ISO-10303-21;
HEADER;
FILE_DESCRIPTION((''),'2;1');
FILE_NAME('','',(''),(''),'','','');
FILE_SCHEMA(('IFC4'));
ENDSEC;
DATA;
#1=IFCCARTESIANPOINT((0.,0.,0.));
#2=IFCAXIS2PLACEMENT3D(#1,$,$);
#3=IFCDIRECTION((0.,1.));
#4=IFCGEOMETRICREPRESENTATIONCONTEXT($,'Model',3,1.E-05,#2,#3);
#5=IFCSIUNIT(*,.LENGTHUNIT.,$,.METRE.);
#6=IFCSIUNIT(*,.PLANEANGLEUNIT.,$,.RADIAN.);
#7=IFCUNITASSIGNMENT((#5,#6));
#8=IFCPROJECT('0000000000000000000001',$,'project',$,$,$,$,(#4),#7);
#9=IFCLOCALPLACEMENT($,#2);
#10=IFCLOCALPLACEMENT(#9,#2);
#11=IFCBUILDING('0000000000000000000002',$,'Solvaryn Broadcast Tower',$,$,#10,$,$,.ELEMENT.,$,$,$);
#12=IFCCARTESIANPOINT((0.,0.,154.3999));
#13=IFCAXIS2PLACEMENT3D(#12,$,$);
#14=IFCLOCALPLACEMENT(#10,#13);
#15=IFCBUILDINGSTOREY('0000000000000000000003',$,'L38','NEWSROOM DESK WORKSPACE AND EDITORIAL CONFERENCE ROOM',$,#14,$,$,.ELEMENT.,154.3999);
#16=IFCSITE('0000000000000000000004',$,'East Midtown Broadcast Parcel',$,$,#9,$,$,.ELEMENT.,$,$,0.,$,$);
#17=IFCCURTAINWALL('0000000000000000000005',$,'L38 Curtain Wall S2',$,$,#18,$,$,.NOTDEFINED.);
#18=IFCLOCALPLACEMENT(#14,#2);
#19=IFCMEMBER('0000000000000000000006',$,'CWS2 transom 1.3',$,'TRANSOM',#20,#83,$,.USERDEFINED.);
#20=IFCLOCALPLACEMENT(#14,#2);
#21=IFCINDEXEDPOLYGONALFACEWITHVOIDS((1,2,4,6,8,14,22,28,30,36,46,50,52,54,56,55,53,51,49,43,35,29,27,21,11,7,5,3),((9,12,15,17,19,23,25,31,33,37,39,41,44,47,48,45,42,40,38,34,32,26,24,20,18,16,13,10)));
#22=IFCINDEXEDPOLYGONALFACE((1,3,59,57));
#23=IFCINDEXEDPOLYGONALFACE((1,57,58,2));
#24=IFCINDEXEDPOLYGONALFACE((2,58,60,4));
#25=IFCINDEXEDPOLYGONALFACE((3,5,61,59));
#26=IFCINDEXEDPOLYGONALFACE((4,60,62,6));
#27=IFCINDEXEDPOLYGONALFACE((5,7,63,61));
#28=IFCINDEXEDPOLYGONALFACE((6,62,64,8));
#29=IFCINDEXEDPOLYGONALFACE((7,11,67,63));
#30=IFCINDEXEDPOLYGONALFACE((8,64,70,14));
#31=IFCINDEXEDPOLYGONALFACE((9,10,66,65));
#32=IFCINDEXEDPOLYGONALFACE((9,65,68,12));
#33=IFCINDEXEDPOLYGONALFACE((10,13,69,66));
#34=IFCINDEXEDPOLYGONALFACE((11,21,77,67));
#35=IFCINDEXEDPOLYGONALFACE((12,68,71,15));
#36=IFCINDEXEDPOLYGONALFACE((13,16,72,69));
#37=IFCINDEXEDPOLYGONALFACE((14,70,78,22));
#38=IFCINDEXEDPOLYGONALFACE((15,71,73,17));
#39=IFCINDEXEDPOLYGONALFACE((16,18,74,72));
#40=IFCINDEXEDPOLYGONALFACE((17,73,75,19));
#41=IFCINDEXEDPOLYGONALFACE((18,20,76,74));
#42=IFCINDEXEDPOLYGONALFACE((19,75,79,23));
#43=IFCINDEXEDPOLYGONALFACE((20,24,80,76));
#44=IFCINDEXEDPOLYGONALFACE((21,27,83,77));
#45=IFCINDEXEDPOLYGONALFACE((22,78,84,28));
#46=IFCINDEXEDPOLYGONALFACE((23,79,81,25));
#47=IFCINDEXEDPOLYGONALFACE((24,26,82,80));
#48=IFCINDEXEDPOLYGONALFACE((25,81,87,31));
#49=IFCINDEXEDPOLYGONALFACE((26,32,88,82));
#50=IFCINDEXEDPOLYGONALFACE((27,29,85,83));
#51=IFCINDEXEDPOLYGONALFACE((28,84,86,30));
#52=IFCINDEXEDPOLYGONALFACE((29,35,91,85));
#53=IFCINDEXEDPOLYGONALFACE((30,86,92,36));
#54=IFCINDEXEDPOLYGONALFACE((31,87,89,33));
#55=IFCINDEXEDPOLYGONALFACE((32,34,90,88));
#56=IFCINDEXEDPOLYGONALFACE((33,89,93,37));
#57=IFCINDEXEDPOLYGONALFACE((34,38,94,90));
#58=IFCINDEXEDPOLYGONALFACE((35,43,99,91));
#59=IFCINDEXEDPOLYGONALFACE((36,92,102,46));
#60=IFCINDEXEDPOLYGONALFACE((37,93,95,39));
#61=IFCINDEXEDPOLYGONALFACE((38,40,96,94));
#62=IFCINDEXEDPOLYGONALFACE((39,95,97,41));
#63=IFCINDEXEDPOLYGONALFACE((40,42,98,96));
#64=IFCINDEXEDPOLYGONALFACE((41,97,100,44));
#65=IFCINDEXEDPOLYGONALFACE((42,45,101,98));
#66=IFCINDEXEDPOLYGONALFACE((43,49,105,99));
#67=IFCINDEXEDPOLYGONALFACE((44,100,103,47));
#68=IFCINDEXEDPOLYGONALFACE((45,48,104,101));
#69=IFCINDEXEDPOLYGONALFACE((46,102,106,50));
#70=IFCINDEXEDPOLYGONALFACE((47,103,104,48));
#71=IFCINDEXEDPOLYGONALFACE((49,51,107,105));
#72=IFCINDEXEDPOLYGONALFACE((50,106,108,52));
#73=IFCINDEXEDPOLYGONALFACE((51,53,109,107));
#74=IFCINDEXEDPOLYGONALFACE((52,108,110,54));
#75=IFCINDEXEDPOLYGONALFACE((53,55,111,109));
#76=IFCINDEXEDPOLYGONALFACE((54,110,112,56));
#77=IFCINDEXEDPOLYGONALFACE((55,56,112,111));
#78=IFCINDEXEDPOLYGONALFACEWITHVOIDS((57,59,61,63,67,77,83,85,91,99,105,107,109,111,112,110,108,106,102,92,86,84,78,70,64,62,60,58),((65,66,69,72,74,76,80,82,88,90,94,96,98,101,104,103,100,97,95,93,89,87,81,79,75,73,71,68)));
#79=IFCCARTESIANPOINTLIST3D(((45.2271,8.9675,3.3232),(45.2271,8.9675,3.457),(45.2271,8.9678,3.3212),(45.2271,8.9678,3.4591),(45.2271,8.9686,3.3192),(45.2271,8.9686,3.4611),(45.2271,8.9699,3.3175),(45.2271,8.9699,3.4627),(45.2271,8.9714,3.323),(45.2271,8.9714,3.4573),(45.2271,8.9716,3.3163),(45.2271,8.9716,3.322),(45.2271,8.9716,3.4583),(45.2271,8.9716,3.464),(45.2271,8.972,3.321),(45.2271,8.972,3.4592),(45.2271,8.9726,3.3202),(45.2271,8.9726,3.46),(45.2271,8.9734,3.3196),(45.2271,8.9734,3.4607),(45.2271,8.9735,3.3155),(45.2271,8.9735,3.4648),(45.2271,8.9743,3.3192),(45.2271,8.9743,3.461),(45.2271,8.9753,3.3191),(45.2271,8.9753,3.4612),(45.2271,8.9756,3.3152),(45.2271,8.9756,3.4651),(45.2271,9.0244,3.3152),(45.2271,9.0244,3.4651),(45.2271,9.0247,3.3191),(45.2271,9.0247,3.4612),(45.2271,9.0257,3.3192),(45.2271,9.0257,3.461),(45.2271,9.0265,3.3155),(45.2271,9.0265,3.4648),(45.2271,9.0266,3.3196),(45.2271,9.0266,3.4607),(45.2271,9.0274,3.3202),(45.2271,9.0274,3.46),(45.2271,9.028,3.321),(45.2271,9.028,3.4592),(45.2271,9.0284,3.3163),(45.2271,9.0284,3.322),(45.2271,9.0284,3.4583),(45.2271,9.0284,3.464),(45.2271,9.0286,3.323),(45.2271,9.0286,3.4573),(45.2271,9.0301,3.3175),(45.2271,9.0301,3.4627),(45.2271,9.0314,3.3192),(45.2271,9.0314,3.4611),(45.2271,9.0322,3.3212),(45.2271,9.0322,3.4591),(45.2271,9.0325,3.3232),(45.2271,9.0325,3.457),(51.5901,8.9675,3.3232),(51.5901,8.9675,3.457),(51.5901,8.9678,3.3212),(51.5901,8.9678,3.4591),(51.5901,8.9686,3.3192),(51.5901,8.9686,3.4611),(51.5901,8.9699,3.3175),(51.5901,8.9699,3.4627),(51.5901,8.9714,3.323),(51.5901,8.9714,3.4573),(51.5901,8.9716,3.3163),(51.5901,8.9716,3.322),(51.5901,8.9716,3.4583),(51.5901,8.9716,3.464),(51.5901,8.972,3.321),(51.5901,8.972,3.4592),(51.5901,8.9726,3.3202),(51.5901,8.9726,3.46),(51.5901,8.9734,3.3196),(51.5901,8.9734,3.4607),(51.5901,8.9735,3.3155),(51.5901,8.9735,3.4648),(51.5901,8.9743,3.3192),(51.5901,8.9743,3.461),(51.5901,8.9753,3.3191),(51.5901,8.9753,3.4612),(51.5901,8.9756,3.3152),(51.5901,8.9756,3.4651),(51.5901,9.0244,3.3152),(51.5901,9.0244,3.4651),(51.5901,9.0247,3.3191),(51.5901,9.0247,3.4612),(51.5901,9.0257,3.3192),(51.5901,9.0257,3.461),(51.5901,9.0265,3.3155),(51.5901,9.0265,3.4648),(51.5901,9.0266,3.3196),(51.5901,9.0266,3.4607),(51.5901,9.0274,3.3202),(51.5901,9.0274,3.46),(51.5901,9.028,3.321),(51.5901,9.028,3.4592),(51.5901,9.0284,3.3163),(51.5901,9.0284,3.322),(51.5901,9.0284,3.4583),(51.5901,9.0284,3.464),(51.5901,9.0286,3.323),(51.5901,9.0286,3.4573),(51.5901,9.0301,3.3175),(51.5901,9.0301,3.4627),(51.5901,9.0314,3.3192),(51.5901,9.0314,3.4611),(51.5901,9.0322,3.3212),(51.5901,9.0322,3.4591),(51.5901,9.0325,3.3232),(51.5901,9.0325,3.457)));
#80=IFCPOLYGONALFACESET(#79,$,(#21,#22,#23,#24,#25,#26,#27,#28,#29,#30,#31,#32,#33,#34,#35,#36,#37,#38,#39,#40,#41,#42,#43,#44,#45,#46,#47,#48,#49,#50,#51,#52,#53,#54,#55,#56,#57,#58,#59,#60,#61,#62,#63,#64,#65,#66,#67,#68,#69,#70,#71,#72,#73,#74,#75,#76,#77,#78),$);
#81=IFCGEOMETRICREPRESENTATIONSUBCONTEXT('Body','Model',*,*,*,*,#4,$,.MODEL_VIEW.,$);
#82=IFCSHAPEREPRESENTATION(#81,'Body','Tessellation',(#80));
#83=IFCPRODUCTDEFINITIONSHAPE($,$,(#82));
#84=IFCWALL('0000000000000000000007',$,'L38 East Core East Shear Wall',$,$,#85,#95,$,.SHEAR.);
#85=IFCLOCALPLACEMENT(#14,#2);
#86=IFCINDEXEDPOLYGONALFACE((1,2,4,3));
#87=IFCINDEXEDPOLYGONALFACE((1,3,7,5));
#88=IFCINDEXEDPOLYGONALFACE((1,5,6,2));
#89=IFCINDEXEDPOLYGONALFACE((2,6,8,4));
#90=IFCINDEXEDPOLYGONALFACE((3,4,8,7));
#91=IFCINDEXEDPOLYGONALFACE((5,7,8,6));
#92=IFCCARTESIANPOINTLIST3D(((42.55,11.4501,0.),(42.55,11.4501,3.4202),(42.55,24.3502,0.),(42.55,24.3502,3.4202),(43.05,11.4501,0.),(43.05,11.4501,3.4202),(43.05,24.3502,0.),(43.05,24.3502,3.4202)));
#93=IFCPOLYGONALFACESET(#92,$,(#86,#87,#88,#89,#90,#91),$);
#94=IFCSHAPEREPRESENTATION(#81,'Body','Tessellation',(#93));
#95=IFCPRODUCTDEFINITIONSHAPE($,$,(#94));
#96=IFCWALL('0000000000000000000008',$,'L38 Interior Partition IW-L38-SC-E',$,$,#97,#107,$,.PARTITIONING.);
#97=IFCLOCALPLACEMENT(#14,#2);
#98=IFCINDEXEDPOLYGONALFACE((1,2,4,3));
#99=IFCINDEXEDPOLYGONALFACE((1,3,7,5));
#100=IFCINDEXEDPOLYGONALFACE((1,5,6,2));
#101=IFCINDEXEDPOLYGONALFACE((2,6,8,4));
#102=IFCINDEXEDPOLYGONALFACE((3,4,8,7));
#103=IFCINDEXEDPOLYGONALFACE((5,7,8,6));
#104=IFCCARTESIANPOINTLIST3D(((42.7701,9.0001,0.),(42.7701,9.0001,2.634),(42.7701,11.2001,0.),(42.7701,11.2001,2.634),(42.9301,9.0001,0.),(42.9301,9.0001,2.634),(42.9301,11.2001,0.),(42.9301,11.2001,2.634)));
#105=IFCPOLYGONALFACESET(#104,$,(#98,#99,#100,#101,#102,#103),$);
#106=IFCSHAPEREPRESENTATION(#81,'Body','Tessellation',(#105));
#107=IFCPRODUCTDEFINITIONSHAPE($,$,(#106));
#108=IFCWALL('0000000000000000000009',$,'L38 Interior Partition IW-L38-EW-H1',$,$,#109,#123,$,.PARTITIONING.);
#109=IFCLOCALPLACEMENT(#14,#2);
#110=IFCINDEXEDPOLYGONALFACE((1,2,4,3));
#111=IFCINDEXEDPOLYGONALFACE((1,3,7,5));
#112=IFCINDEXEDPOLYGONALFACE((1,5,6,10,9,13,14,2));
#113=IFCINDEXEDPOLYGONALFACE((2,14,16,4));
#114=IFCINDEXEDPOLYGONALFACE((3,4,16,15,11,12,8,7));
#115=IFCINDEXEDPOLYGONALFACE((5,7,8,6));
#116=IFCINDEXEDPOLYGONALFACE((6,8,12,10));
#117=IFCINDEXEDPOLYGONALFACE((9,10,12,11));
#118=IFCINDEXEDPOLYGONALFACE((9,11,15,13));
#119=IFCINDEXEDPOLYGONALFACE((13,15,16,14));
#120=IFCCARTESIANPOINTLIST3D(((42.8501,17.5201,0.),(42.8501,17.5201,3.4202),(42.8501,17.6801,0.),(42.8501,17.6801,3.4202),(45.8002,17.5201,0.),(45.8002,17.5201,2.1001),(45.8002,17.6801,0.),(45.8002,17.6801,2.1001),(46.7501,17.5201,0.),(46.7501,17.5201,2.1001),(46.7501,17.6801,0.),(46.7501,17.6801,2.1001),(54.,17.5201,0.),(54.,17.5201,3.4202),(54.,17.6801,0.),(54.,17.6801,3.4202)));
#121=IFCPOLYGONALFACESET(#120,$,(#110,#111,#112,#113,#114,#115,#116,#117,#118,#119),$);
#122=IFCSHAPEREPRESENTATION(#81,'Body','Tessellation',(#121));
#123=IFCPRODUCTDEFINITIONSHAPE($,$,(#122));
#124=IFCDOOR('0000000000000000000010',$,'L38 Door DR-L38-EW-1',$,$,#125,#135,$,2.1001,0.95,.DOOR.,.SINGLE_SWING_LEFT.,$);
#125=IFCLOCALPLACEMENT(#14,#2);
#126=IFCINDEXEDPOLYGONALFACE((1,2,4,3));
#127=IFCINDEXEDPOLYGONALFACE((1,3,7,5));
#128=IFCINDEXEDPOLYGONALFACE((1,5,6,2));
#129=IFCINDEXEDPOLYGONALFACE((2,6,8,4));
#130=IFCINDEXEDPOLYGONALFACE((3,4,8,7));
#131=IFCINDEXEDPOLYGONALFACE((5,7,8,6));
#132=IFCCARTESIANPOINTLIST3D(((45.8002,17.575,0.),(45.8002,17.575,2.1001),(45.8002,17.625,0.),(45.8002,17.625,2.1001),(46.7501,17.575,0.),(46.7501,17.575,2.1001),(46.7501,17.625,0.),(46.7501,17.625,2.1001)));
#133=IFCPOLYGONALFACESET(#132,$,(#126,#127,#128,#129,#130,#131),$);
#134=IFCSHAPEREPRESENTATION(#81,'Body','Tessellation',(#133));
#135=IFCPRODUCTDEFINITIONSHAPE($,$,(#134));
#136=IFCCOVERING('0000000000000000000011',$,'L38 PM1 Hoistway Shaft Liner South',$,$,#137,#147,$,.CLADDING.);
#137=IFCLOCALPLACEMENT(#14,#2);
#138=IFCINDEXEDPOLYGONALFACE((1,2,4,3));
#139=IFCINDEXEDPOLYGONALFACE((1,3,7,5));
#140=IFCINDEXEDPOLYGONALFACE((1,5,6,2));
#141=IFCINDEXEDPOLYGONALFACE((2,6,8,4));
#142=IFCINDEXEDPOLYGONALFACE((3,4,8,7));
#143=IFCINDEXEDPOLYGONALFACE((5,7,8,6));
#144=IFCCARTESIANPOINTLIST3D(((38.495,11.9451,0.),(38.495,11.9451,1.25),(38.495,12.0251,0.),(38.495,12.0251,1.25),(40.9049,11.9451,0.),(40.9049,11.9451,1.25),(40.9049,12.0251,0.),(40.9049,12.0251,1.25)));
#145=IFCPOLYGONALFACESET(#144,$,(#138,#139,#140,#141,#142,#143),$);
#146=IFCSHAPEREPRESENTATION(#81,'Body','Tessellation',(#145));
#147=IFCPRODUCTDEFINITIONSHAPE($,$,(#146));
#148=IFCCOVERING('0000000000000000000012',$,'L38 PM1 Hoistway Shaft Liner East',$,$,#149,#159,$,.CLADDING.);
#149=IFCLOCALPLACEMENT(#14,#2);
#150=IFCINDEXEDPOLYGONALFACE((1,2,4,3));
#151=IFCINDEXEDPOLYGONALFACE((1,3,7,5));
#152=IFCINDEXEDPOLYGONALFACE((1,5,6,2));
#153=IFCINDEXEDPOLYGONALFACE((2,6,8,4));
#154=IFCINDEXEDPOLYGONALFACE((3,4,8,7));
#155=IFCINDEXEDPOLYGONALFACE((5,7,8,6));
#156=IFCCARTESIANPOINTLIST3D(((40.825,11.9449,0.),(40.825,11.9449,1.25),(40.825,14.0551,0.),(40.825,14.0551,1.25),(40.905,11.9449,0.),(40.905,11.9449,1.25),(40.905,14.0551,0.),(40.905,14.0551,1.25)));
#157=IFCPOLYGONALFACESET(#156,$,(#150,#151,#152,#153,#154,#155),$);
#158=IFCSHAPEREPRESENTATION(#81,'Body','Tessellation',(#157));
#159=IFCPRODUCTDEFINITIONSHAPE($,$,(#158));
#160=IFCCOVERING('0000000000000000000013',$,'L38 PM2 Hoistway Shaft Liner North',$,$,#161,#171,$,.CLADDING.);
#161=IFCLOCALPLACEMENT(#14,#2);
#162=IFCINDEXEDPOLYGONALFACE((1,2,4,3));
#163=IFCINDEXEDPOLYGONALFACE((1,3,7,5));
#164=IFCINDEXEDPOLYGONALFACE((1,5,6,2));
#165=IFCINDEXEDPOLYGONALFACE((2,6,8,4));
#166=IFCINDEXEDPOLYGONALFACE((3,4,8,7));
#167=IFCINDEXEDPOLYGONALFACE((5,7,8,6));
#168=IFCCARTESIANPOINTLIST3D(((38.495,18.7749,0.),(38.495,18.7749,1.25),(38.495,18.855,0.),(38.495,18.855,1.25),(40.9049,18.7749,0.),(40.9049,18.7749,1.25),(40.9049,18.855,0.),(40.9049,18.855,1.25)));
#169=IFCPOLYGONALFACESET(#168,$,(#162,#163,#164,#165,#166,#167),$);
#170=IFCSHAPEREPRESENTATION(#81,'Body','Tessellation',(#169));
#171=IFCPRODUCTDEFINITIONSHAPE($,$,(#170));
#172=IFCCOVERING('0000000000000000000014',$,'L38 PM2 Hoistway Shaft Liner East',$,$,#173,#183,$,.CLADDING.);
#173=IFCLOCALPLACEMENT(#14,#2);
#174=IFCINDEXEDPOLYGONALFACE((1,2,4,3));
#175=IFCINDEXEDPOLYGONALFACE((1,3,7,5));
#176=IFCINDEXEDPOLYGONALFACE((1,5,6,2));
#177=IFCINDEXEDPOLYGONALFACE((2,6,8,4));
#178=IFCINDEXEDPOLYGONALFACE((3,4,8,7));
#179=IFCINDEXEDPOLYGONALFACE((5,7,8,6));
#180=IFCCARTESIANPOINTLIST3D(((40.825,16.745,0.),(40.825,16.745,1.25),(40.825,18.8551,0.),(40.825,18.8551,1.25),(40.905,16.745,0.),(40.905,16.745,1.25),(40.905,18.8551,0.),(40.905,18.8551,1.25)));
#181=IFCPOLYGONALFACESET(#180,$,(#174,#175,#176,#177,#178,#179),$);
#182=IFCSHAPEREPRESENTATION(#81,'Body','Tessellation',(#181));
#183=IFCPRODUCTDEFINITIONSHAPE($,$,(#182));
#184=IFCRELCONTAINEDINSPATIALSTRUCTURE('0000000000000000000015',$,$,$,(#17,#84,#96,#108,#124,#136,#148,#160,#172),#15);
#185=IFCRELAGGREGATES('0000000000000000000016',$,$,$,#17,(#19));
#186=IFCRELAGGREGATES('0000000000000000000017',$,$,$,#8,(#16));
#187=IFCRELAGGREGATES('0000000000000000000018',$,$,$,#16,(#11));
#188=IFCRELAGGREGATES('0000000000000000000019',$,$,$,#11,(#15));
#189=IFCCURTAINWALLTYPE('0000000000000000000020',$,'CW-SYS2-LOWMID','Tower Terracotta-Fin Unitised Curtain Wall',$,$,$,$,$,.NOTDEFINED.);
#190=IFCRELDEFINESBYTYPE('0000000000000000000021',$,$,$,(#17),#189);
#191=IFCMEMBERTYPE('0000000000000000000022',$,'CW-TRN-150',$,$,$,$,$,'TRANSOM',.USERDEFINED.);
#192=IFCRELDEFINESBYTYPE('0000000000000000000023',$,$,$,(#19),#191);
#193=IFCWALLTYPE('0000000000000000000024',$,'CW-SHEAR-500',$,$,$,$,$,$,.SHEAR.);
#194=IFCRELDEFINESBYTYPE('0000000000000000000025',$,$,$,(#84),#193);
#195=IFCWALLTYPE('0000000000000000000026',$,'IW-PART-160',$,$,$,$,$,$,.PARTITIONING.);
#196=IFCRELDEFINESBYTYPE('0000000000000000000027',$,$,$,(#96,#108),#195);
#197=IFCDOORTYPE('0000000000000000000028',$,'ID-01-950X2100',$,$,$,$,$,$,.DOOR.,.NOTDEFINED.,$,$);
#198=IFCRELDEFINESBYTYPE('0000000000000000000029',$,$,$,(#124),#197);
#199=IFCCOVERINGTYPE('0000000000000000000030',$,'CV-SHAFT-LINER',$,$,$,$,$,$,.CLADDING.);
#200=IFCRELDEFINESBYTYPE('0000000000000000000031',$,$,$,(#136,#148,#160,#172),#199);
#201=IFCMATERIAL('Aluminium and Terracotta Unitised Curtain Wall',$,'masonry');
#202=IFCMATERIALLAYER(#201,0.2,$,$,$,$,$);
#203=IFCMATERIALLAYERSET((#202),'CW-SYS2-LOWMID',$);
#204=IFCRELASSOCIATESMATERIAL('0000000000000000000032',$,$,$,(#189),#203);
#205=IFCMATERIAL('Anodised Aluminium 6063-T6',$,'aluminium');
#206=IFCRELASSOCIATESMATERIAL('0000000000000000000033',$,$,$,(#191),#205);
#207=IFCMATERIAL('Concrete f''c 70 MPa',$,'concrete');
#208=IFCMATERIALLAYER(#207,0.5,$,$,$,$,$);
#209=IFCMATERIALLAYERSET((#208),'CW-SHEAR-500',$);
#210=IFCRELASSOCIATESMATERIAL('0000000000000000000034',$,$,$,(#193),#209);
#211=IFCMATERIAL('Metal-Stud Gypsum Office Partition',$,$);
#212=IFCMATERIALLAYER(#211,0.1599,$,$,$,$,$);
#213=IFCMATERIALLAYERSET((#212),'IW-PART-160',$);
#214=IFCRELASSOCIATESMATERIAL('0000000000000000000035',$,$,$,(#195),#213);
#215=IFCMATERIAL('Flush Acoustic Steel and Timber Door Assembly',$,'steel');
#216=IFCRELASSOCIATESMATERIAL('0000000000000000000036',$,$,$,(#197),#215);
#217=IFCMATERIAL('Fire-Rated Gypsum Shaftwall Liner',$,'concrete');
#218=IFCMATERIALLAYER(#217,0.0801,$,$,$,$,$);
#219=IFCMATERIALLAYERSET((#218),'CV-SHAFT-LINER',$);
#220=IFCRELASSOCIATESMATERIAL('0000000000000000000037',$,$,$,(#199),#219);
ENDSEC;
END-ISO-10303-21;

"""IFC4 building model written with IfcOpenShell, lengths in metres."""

from ifc_helpers import new_model, si_unit, direction, frame, frame_2d, origin, origin_2d, place, context, subcontext, project, spatial, rectangle, hollow_rectangle, extrude, material, layer, layer_set, material_profile, profile_set, type_object, element, fill, aggregate, save


model = new_model("IFC4")

# Units and contexts
model_context = context("Model", 3, precision=1e-05, world=origin(), true_north=direction((0.0, 1.0)))
body_context = subcontext(model_context, "Body", "Model", "MODEL_VIEW")
ifc_project = project(units=[si_unit("LENGTHUNIT", "METRE"), si_unit("PLANEANGLEUNIT", "RADIAN")], contexts=[model_context])

# Site, building, storey
site_placement = place(None, origin())
site = spatial("IfcSite", under=ifc_project, at=site_placement, Name="East Midtown Broadcast Parcel", CompositionType="ELEMENT", RefElevation=0.0)
building_placement = place(site_placement, origin())
building = spatial("IfcBuilding", under=site, at=building_placement, Name="Solvaryn Broadcast Tower", CompositionType="ELEMENT")
storey_placement = place(building_placement, frame((0.0, 0.0, 154.3999)))
storey = spatial("IfcBuildingStorey", under=building, at=storey_placement, Name="L38", Description="NEWSROOM DESK WORKSPACE AND EDITORIAL CONFERENCE ROOM", CompositionType="ELEMENT", Elevation=154.3999)

# Shared definitions
ifc_material_1 = material(Name="Aluminium and Terracotta Unitised Curtain Wall", Category="masonry")
ifc_layer_1 = layer(ifc_material_1, 0.2)
ifc_layer_set_1 = layer_set([ifc_layer_1], Name="CW-SYS2-LOWMID")
curtain_wall_type = type_object("IfcCurtainWallType", Name="CW-SYS2-LOWMID", Description="Tower Terracotta-Fin Unitised Curtain Wall", PredefinedType="NOTDEFINED", material=ifc_layer_set_1)

# Curtain wall, member
curtain_wall_1_placement = place(storey_placement, origin())
curtain_wall_1 = element("IfcCurtainWall", 1, at=curtain_wall_1_placement, inside=storey, type_object=curtain_wall_type, Name="L38 Curtain Wall S2", PredefinedType="NOTDEFINED")
ifc_material_2 = material(Name="Anodised Aluminium 6063-T6", Category="aluminium")
ifc_material_profile_1 = material_profile(ifc_material_2, hollow_rectangle(XDim=0.0649, YDim=0.1499, WallThickness=0.0039, InnerFilletRadius=0.0039, OuterFilletRadius=0.0081, at=origin_2d()))
ifc_profile_set_1 = profile_set([ifc_material_profile_1], Name="Anodised Aluminium 6063-T6")
member_type_1 = type_object("IfcMemberType", Name="CW-TRN-150", ElementType="TRANSOM", PredefinedType="USERDEFINED", material=ifc_profile_set_1)
member_1_placement = place(storey_placement, frame((45.2271, 9.0, 3.3901), z_axis=(1.0, 0.0, 0.0), x_axis=(0.0, 1.0, 0.0)))
member_1 = element("IfcMember", 2, at=member_1_placement, type_object=member_type_1, Name="CWS2 transom 1.3", ObjectType="TRANSOM", PredefinedType="USERDEFINED", context=body_context, shape_type="SweptSolid", body=[
    extrude(hollow_rectangle(XDim=0.0649, YDim=0.1499, WallThickness=0.0039, InnerFilletRadius=0.0039, OuterFilletRadius=0.0081, at=origin_2d()), origin(), (0.0, 0.0, 1.0), 6.363),
])
aggregate(curtain_wall_1, [member_1])

# Walls
ifc_material_3 = material(Name="Concrete f'c 70 MPa", Category="concrete")
ifc_layer_2 = layer(ifc_material_3, 0.5)
ifc_layer_set_2 = layer_set([ifc_layer_2], Name="CW-SHEAR-500")
wall_type_1 = type_object("IfcWallType", Name="CW-SHEAR-500", PredefinedType="SHEAR", material=ifc_layer_set_2)
wall_1_placement = place(storey_placement, frame((42.8, 11.45, 0.0), z_axis=(0.0, 0.0, 1.0), x_axis=(0.0, 1.0, 0.0)))
element("IfcWall", 3, at=wall_1_placement, inside=storey, type_object=wall_type_1, Name="L38 East Core East Shear Wall", PredefinedType="SHEAR", context=body_context, shape_type="SweptSolid", body=[
    extrude(rectangle(XDim=12.9001, YDim=0.5, at=frame_2d((6.4502, 0.0))), origin(), (0.0, 0.0, 1.0), 3.4202),
])
ifc_material_4 = material(Name="Metal-Stud Gypsum Office Partition")
ifc_layer_3 = layer(ifc_material_4, 0.1599)
ifc_layer_set_3 = layer_set([ifc_layer_3], Name="IW-PART-160")
wall_type_2 = type_object("IfcWallType", Name="IW-PART-160", PredefinedType="PARTITIONING", material=ifc_layer_set_3)
wall_2_placement = place(storey_placement, frame((42.8501, 9.0, 0.0), z_axis=(0.0, 0.0, 1.0), x_axis=(0.0, 1.0, 0.0)))
element("IfcWall", 4, at=wall_2_placement, inside=storey, type_object=wall_type_2, Name="L38 Interior Partition IW-L38-SC-E", PredefinedType="PARTITIONING", context=body_context, shape_type="SweptSolid", body=[
    extrude(rectangle(XDim=2.2, YDim=0.1599, at=frame_2d((1.1001, 0.0))), origin(), (0.0, 0.0, 1.0), 2.634),
])

# Wall, opening, door
wall_3_placement = place(storey_placement, frame((42.8501, 17.6001, 0.0), z_axis=(0.0, 0.0, 1.0), x_axis=(1.0, 0.0, 0.0)))
wall_3 = element("IfcWall", 5, at=wall_3_placement, inside=storey, type_object=wall_type_2, Name="L38 Interior Partition IW-L38-EW-H1", PredefinedType="PARTITIONING", context=body_context, shape_type="SweptSolid", body=[
    extrude(rectangle(XDim=11.1499, YDim=0.1599, at=frame_2d((5.575, 0.0))), origin(), (0.0, 0.0, 1.0), 3.4202),
])
opening_1_placement = place(wall_3_placement, frame((2.95, 0.0, 0.0)))
opening_1 = element("IfcOpeningElement", 6, at=opening_1_placement, cuts=wall_3, PredefinedType="OPENING", context=body_context, shape_type="SweptSolid", body=[
    extrude(rectangle(XDim=0.95, YDim=2.1001, at=frame_2d((0.4751, 1.05))), frame((0.0, 0.0901, 0.0), z_axis=(0.0, -1.0, 0.0), x_axis=(1.0, 0.0, 0.0)), (0.0, 0.0, 1.0), 0.1799),
])
ifc_material_5 = material(Name="Flush Acoustic Steel and Timber Door Assembly", Category="steel")
door_type_1 = type_object("IfcDoorType", Name="ID-01-950X2100", OperationType="NOTDEFINED", PredefinedType="DOOR", material=ifc_material_5)
door_1_placement = place(opening_1_placement, origin())
door_1 = element("IfcDoor", 7, at=door_1_placement, inside=storey, type_object=door_type_1, Name="L38 Door DR-L38-EW-1", OperationType="SINGLE_SWING_LEFT", OverallHeight=2.1001, OverallWidth=0.95, PredefinedType="DOOR", context=body_context, shape_type="SweptSolid", body=[
    extrude(rectangle(XDim=0.95, YDim=2.1001, at=frame_2d((0.4751, 1.05))), frame((0.0, 0.0249, 0.0), z_axis=(0.0, -1.0, 0.0), x_axis=(1.0, 0.0, 0.0)), (0.0, 0.0, 1.0), 0.05),
])
fill(opening_1, door_1)

# Coverings
ifc_material_6 = material(Name="Fire-Rated Gypsum Shaftwall Liner", Category="concrete")
ifc_layer_4 = layer(ifc_material_6, 0.0801)
ifc_layer_set_4 = layer_set([ifc_layer_4], Name="CV-SHAFT-LINER")
covering_type_1 = type_object("IfcCoveringType", Name="CV-SHAFT-LINER", PredefinedType="CLADDING", material=ifc_layer_set_4)
covering_1_placement = place(storey_placement, frame((39.7, 11.9851, 0.0), z_axis=(0.0, 0.0, 1.0), x_axis=(1.0, 0.0, 0.0)))
element("IfcCovering", 8, at=covering_1_placement, inside=storey, type_object=covering_type_1, Name="L38 PM1 Hoistway Shaft Liner South", PredefinedType="CLADDING", context=body_context, shape_type="SweptSolid", body=[
    extrude(rectangle(XDim=2.4099, YDim=0.0801, at=origin_2d()), origin(), (0.0, 0.0, 1.0), 1.25),
])
covering_2_placement = place(storey_placement, frame((40.865, 13.0, 0.0), z_axis=(0.0, 0.0, 1.0), x_axis=(1.0, 0.0, 0.0)))
element("IfcCovering", 9, at=covering_2_placement, inside=storey, type_object=covering_type_1, Name="L38 PM1 Hoistway Shaft Liner East", PredefinedType="CLADDING", context=body_context, shape_type="SweptSolid", body=[
    extrude(rectangle(XDim=0.0801, YDim=2.1101, at=origin_2d()), origin(), (0.0, 0.0, 1.0), 1.25),
])
covering_3_placement = place(storey_placement, frame((39.7, 18.8149, 0.0), z_axis=(0.0, 0.0, 1.0), x_axis=(1.0, 0.0, 0.0)))
element("IfcCovering", 10, at=covering_3_placement, inside=storey, type_object=covering_type_1, Name="L38 PM2 Hoistway Shaft Liner North", PredefinedType="CLADDING", context=body_context, shape_type="SweptSolid", body=[
    extrude(rectangle(XDim=2.4099, YDim=0.0801, at=origin_2d()), origin(), (0.0, 0.0, 1.0), 1.25),
])
for number, where, z_axis, x_axis, name in (
    (11, (40.865, 17.8, 0.0), (0.0, 0.0, 1.0), (1.0, 0.0, 0.0), "L38 PM2 Hoistway Shaft Liner East"),
):
    element("IfcCovering", number, at=place(storey_placement, frame(where, z_axis=z_axis, x_axis=x_axis)), inside=storey, type_object=covering_type_1, Name=name, PredefinedType="CLADDING", context=body_context, shape_type="SweptSolid", body=[
        extrude(rectangle(XDim=0.0801, YDim=2.1101, at=origin_2d()), origin(), (0.0, 0.0, 1.0), 1.25),
    ])

save(model, "model.ifc")
